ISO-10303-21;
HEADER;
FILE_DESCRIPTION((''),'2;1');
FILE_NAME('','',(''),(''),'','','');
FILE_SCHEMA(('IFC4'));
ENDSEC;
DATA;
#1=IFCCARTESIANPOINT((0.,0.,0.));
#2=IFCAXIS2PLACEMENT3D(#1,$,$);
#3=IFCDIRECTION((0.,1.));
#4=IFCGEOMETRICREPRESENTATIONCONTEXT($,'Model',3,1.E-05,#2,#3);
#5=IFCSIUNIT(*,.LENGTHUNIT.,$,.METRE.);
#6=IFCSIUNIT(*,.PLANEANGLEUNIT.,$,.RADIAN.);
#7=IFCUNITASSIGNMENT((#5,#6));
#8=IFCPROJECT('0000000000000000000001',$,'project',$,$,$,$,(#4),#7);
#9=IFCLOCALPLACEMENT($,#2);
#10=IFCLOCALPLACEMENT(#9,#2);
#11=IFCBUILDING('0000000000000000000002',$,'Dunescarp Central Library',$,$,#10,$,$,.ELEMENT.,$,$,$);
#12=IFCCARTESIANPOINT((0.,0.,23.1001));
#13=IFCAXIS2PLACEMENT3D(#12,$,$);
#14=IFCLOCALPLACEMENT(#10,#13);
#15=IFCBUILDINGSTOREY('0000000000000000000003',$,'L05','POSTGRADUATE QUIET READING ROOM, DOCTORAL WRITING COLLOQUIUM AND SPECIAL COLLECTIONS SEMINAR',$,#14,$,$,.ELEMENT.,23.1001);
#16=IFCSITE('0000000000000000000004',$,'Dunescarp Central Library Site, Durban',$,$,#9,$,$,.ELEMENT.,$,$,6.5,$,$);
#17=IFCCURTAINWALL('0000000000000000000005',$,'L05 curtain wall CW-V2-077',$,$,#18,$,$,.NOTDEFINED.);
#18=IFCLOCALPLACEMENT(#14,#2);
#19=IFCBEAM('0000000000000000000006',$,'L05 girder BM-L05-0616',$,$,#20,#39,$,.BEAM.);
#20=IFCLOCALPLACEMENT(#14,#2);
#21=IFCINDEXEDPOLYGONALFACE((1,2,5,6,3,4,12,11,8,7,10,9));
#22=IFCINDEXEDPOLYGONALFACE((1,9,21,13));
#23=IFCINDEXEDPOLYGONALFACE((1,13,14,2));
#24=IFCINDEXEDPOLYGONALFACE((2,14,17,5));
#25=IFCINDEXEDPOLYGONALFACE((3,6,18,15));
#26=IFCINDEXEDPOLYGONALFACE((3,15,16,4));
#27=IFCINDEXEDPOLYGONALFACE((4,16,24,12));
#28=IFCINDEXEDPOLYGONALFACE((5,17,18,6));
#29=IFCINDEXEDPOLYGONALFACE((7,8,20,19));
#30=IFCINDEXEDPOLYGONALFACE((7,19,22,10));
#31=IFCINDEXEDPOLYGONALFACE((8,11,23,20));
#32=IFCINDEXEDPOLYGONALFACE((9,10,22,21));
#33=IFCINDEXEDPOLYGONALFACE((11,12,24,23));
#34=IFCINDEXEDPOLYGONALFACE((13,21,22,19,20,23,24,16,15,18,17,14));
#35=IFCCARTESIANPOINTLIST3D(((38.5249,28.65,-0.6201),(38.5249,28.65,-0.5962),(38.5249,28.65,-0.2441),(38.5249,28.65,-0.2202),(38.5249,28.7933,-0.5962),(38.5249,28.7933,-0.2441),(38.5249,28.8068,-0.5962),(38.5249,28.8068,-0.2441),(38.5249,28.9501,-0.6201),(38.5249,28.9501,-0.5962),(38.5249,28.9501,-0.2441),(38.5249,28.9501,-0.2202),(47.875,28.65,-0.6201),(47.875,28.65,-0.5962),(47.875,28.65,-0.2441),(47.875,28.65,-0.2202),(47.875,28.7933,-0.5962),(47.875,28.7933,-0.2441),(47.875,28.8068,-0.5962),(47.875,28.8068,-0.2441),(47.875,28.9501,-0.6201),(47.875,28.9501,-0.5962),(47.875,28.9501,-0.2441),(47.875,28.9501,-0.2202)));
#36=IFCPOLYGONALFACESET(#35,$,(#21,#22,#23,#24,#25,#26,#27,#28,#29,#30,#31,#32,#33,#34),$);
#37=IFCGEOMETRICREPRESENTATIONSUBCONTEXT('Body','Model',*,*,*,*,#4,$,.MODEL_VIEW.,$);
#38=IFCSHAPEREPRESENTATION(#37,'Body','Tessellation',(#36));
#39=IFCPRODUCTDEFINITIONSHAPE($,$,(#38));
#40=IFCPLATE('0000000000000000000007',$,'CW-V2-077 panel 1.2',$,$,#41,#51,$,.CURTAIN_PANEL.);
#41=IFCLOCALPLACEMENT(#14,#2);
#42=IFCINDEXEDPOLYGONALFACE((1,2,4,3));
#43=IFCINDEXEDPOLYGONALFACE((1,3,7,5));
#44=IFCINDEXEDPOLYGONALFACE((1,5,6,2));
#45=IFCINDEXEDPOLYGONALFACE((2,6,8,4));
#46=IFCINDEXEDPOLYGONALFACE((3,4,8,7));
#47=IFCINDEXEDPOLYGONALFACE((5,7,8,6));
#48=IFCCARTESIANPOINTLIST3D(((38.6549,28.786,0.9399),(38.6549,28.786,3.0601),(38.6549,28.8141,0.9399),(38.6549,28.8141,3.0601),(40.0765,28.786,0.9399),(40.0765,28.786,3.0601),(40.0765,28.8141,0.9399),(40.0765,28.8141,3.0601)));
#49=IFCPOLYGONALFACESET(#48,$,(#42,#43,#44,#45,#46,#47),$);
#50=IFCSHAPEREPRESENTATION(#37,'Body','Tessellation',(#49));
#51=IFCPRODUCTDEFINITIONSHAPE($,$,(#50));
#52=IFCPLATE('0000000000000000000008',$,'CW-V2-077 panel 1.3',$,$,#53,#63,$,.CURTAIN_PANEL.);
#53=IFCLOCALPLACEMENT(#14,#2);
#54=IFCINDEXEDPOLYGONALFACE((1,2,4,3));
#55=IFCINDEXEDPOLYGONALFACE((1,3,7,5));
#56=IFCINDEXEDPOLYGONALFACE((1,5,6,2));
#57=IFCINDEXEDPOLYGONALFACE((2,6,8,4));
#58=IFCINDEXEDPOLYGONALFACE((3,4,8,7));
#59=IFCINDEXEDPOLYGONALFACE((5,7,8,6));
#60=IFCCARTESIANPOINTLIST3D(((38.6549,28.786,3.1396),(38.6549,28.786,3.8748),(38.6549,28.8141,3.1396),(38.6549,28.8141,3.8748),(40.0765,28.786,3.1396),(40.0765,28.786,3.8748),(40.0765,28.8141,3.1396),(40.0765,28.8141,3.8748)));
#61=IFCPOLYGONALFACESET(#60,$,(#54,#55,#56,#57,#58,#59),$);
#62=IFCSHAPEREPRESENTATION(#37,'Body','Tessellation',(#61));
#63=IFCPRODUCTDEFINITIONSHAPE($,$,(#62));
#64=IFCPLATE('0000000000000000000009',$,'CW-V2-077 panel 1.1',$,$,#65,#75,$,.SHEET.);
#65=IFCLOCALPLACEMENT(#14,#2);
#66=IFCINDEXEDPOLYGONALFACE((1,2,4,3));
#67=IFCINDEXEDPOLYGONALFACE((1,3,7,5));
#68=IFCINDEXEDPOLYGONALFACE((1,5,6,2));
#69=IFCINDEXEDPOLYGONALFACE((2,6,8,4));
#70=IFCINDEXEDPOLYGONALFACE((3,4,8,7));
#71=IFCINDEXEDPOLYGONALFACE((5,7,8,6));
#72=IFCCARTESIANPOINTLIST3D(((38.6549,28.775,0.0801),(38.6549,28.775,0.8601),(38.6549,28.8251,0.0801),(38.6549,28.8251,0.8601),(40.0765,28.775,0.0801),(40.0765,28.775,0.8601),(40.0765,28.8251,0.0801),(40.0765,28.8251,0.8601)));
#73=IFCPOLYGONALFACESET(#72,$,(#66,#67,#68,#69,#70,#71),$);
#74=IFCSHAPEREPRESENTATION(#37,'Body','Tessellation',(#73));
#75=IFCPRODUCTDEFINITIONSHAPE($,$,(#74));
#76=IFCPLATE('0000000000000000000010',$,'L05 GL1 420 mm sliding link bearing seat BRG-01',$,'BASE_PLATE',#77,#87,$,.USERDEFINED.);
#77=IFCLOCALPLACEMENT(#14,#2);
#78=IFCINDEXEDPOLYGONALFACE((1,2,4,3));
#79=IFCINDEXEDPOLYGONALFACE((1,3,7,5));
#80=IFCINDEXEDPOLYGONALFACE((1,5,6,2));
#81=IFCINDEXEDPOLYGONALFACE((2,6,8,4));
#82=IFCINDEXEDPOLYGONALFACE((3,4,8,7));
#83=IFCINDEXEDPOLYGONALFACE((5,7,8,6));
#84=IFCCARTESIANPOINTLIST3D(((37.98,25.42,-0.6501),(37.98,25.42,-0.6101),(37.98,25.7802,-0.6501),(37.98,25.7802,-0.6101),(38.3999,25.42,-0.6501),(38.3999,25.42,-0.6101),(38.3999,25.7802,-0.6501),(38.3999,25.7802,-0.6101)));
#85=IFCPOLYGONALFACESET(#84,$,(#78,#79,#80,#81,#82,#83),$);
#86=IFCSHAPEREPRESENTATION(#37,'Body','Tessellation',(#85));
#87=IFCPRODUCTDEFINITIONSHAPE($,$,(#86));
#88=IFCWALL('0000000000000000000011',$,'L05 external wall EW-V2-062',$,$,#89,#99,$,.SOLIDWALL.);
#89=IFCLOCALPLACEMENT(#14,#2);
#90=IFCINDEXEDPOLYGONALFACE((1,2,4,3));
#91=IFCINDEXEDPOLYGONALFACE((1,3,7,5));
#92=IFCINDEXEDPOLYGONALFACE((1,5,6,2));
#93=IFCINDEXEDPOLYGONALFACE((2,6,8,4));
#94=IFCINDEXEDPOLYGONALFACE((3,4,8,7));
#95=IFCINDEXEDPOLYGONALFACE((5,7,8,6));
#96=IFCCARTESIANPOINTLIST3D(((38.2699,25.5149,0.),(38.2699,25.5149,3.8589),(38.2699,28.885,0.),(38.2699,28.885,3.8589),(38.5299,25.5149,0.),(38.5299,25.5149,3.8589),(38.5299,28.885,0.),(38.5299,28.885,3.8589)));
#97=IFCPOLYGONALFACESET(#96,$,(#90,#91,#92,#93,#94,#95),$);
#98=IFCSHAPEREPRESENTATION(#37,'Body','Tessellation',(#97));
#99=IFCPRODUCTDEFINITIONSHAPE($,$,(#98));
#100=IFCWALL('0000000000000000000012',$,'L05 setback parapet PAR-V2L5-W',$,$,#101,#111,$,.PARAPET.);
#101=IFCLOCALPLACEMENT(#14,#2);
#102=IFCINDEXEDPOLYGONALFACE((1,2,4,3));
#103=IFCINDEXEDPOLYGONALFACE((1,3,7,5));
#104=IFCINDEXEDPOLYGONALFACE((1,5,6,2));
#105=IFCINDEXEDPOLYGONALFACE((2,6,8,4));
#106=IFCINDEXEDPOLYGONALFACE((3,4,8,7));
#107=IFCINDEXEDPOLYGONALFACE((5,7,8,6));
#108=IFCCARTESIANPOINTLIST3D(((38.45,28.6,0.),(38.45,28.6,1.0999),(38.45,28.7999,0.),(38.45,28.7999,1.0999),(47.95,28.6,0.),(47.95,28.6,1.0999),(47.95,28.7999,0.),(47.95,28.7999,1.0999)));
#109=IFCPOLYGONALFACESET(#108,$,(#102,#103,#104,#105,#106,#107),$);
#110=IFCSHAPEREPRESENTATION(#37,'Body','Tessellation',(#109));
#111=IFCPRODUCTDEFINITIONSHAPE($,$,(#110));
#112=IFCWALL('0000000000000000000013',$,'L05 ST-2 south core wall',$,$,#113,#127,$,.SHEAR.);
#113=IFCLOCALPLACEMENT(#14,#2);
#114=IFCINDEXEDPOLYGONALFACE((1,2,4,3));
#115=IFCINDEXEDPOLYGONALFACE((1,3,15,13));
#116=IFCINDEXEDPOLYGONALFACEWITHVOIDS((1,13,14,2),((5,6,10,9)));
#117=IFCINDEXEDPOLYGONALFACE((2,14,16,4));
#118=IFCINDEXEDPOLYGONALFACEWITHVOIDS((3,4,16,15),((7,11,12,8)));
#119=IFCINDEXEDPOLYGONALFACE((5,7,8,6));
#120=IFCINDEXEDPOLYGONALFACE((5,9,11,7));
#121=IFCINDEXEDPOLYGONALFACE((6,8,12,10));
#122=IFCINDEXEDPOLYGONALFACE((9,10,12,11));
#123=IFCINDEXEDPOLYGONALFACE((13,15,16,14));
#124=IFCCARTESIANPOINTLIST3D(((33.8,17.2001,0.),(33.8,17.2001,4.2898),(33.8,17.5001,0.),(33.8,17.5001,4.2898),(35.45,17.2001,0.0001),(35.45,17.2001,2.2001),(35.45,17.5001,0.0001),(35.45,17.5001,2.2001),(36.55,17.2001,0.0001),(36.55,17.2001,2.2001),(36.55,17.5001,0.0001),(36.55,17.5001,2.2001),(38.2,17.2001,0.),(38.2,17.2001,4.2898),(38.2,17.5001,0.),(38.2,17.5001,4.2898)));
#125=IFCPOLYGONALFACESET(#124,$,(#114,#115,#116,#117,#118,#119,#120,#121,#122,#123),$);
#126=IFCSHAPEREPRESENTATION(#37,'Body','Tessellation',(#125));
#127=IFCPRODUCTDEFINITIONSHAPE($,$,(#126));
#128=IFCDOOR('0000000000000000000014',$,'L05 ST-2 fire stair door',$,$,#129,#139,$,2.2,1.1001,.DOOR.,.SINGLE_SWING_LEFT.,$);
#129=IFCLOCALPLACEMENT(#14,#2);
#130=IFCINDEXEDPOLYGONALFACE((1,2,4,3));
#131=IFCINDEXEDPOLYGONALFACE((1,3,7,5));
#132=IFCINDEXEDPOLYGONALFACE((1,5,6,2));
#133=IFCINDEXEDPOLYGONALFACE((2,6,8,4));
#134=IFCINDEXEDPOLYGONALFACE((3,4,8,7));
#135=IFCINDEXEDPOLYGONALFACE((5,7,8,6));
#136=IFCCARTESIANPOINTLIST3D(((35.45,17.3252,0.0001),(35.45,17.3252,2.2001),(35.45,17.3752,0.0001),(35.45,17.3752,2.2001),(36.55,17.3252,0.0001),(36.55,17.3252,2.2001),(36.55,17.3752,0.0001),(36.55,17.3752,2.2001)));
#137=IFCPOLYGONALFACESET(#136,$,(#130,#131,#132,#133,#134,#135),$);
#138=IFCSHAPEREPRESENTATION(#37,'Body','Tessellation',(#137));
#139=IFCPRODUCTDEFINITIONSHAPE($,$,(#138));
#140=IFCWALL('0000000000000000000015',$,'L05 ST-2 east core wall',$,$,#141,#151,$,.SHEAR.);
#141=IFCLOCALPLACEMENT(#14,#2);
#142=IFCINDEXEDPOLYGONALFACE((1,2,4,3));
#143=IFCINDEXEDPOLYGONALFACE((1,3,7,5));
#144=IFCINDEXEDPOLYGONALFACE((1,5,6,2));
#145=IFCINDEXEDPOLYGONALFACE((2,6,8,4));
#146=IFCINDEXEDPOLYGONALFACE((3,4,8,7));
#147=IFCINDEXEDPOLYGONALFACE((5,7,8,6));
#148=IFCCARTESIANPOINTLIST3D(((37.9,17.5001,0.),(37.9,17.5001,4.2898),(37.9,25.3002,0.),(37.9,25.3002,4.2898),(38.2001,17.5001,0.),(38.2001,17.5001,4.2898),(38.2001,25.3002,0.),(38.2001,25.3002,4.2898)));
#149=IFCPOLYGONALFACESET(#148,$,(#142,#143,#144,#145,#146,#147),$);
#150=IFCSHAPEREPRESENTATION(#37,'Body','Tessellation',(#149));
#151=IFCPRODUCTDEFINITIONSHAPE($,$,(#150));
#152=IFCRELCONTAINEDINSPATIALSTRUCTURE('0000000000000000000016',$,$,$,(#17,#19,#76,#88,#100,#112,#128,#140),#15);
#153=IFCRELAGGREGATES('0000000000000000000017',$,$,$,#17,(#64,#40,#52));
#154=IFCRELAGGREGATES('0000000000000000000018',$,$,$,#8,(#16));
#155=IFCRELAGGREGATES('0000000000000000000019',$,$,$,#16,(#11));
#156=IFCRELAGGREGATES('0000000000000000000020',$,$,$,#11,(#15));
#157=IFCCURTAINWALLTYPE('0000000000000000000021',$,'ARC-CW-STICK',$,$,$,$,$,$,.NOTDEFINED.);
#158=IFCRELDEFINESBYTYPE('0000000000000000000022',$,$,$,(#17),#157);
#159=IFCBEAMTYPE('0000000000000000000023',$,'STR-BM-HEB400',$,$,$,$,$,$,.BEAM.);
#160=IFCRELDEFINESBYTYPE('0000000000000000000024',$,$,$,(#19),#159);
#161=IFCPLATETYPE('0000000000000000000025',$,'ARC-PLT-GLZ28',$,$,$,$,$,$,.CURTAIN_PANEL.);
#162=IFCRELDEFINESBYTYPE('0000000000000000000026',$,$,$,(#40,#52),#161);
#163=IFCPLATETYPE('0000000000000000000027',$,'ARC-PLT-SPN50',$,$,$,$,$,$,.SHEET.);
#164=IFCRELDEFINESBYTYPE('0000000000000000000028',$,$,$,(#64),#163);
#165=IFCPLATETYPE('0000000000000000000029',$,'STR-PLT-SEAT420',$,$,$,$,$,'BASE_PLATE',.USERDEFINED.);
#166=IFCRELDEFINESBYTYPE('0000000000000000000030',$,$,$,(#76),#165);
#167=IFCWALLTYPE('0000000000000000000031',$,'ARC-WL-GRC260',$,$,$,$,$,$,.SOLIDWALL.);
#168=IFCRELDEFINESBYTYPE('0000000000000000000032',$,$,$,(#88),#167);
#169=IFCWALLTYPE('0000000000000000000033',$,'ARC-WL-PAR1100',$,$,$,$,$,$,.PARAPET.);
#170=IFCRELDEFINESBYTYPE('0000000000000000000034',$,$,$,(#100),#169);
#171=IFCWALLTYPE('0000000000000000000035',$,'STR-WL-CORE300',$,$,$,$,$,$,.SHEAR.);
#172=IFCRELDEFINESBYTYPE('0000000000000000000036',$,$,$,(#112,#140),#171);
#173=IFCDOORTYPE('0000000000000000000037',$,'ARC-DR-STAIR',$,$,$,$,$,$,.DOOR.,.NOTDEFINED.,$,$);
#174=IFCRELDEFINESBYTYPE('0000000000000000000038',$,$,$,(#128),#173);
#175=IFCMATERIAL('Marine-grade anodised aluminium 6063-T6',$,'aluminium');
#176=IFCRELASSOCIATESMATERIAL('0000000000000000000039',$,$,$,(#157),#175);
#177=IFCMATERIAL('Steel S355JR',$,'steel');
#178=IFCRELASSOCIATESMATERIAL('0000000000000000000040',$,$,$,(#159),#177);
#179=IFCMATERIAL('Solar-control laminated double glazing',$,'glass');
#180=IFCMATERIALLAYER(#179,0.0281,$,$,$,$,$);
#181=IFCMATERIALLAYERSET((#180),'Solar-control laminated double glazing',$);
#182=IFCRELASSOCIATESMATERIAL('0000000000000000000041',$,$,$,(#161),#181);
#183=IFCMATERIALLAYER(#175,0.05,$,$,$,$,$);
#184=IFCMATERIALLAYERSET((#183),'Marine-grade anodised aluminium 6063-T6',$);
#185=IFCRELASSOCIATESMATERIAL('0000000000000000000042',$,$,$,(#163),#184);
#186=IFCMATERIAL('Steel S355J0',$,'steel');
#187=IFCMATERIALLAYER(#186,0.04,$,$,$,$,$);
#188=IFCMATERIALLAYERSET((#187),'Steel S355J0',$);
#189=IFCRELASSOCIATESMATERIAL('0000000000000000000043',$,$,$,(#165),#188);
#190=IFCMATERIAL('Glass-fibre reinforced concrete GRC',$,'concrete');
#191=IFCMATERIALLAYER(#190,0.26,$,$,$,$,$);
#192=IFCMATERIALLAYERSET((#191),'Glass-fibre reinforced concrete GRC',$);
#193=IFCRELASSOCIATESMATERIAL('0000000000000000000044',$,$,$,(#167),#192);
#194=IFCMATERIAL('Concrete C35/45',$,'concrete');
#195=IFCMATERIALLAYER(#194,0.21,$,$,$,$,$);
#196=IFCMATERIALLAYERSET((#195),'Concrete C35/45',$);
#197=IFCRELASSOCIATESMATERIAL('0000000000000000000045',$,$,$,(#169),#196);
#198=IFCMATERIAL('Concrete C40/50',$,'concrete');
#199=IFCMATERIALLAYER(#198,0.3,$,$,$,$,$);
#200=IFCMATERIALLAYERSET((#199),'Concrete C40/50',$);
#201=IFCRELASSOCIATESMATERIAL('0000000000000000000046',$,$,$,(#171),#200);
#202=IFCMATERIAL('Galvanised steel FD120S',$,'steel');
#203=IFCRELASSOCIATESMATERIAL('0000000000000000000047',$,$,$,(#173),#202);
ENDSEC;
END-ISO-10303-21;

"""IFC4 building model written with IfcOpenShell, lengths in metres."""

from ifc_helpers import new_model, si_unit, direction, frame, frame_2d, origin, origin_2d, place, context, subcontext, project, spatial, rectangle, i_section, extrude, material, layer, layer_set, material_profile, profile_set, type_object, element, fill, aggregate, save


model = new_model("IFC4")

# Units and contexts
model_context = context("Model", 3, precision=1e-05, world=origin(), true_north=direction((0.0, 1.0)))
body_context = subcontext(model_context, "Body", "Model", "MODEL_VIEW")
ifc_project = project(units=[si_unit("LENGTHUNIT", "METRE"), si_unit("PLANEANGLEUNIT", "RADIAN")], contexts=[model_context])

# Site, building, storey
site_placement = place(None, origin())
site = spatial("IfcSite", under=ifc_project, at=site_placement, Name="Dunescarp Central Library Site, Durban", CompositionType="ELEMENT", RefElevation=6.5)
building_placement = place(site_placement, origin())
building = spatial("IfcBuilding", under=site, at=building_placement, Name="Dunescarp Central Library", CompositionType="ELEMENT")
storey_placement = place(building_placement, frame((0.0, 0.0, 23.1001)))
storey = spatial("IfcBuildingStorey", under=building, at=storey_placement, Name="L05", Description="POSTGRADUATE QUIET READING ROOM, DOCTORAL WRITING COLLOQUIUM AND SPECIAL COLLECTIONS SEMINAR", CompositionType="ELEMENT", Elevation=23.1001)

# Shared definitions
ifc_material_1 = material(Name="Steel S355JR", Category="steel")

# Curtain wall
ifc_material_2 = material(Name="Marine-grade anodised aluminium 6063-T6", Category="aluminium")
curtain_wall_type = type_object("IfcCurtainWallType", Name="ARC-CW-STICK", PredefinedType="NOTDEFINED", material=ifc_material_2)
curtain_wall_placement = place(storey_placement, origin())
curtain_wall = element("IfcCurtainWall", 1, at=curtain_wall_placement, inside=storey, type_object=curtain_wall_type, Name="L05 curtain wall CW-V2-077", PredefinedType="NOTDEFINED")

# Beam
ifc_material_profile_1 = material_profile(ifc_material_1, i_section(OverallWidth=0.3, OverallDepth=0.3999, WebThickness=0.0134, FlangeThickness=0.0239, at=origin_2d()), Name="HEB 400")
ifc_profile_set_1 = profile_set([ifc_material_profile_1], Name="Steel S355JR")
beam_type_1 = type_object("IfcBeamType", Name="STR-BM-HEB400", PredefinedType="BEAM", material=ifc_profile_set_1)
beam_1_placement = place(storey_placement, frame((38.5249, 28.8, -0.4202), z_axis=(1.0, 0.0, 0.0), x_axis=(0.0, 1.0, 0.0)))
element("IfcBeam", 2, at=beam_1_placement, inside=storey, type_object=beam_type_1, Name="L05 girder BM-L05-0616", PredefinedType="BEAM", context=body_context, shape_type="SweptSolid", body=[
    extrude(i_section(OverallWidth=0.3, OverallDepth=0.3999, WebThickness=0.0134, FlangeThickness=0.0239, at=origin_2d()), origin(), (0.0, 0.0, 1.0), 9.3501),
])

# Plates
ifc_material_3 = material(Name="Solar-control laminated double glazing", Category="glass")
ifc_layer_1 = layer(ifc_material_3, 0.0281)
ifc_layer_set_1 = layer_set([ifc_layer_1], Name="Solar-control laminated double glazing")
plate_type_1 = type_object("IfcPlateType", Name="ARC-PLT-GLZ28", PredefinedType="CURTAIN_PANEL", material=ifc_layer_set_1)
plate_1_placement = place(storey_placement, frame((39.3657, 28.8, 0.9399), z_axis=(0.0, 0.0, 1.0), x_axis=(1.0, 0.0, 0.0)))
plate_1 = element("IfcPlate", 3, at=plate_1_placement, type_object=plate_type_1, Name="CW-V2-077 panel 1.2", PredefinedType="CURTAIN_PANEL", context=body_context, shape_type="SweptSolid", body=[
    extrude(rectangle(XDim=1.4216, YDim=0.0281, at=origin_2d()), origin(), (0.0, 0.0, 1.0), 2.1201),
])
plate_2_placement = place(storey_placement, frame((39.3657, 28.8, 3.1396), z_axis=(0.0, 0.0, 1.0), x_axis=(1.0, 0.0, 0.0)))
plate_2 = element("IfcPlate", 4, at=plate_2_placement, type_object=plate_type_1, Name="CW-V2-077 panel 1.3", PredefinedType="CURTAIN_PANEL", context=body_context, shape_type="SweptSolid", body=[
    extrude(rectangle(XDim=1.4216, YDim=0.0281, at=origin_2d()), origin(), (0.0, 0.0, 1.0), 0.7351),
])
ifc_layer_2 = layer(ifc_material_2, 0.05)
ifc_layer_set_2 = layer_set([ifc_layer_2], Name="Marine-grade anodised aluminium 6063-T6")
plate_type_2 = type_object("IfcPlateType", Name="ARC-PLT-SPN50", PredefinedType="SHEET", material=ifc_layer_set_2)
plate_3_placement = place(storey_placement, frame((39.3657, 28.8, 0.0801), z_axis=(0.0, 0.0, 1.0), x_axis=(1.0, 0.0, 0.0)))
plate_3 = element("IfcPlate", 5, at=plate_3_placement, type_object=plate_type_2, Name="CW-V2-077 panel 1.1", PredefinedType="SHEET", context=body_context, shape_type="SweptSolid", body=[
    extrude(rectangle(XDim=1.4216, YDim=0.05, at=origin_2d()), origin(), (0.0, 0.0, 1.0), 0.78),
])
aggregate(curtain_wall, [plate_3, plate_1, plate_2])
ifc_material_4 = material(Name="Steel S355J0", Category="steel")
ifc_layer_3 = layer(ifc_material_4, 0.04)
ifc_layer_set_3 = layer_set([ifc_layer_3], Name="Steel S355J0")
plate_type_3 = type_object("IfcPlateType", Name="STR-PLT-SEAT420", ElementType="BASE_PLATE", PredefinedType="USERDEFINED", material=ifc_layer_set_3)
plate_4_placement = place(storey_placement, frame((38.1899, 25.6001, -0.6501), z_axis=(0.0, 0.0, 1.0), x_axis=(1.0, 0.0, 0.0)))
element("IfcPlate", 6, at=plate_4_placement, inside=storey, type_object=plate_type_3, Name="L05 GL1 420 mm sliding link bearing seat BRG-01", ObjectType="BASE_PLATE", PredefinedType="USERDEFINED", context=body_context, shape_type="SweptSolid", body=[
    extrude(rectangle(XDim=0.4199, YDim=0.3601, at=origin_2d()), origin(), (0.0, 0.0, 1.0), 0.04),
])

# Walls
ifc_material_5 = material(Name="Glass-fibre reinforced concrete GRC", Category="concrete")
ifc_layer_4 = layer(ifc_material_5, 0.26)
ifc_layer_set_4 = layer_set([ifc_layer_4], Name="Glass-fibre reinforced concrete GRC")
wall_type_1 = type_object("IfcWallType", Name="ARC-WL-GRC260", PredefinedType="SOLIDWALL", material=ifc_layer_set_4)
wall_1_placement = place(storey_placement, frame((38.3999, 25.5149, 0.0), z_axis=(0.0, 0.0, 1.0), x_axis=(0.0, 1.0, 0.0)))
element("IfcWall", 7, at=wall_1_placement, inside=storey, type_object=wall_type_1, Name="L05 external wall EW-V2-062", PredefinedType="SOLIDWALL", context=body_context, shape_type="SweptSolid", body=[
    extrude(rectangle(XDim=3.3701, YDim=0.26, at=frame_2d((1.6851, 0.0))), origin(), (0.0, 0.0, 1.0), 3.8589),
])
ifc_material_6 = material(Name="Concrete C35/45", Category="concrete")
ifc_layer_5 = layer(ifc_material_6, 0.21)
ifc_layer_set_5 = layer_set([ifc_layer_5], Name="Concrete C35/45")
wall_type_2 = type_object("IfcWallType", Name="ARC-WL-PAR1100", PredefinedType="PARAPET", material=ifc_layer_set_5)
wall_2_placement = place(storey_placement, frame((38.45, 28.7, 0.0), z_axis=(0.0, 0.0, 1.0), x_axis=(1.0, 0.0, 0.0)))
element("IfcWall", 8, at=wall_2_placement, inside=storey, type_object=wall_type_2, Name="L05 setback parapet PAR-V2L5-W", PredefinedType="PARAPET", context=body_context, shape_type="SweptSolid", body=[
    extrude(rectangle(XDim=9.5, YDim=0.2, at=frame_2d((4.75, 0.0))), origin(), (0.0, 0.0, 1.0), 1.0999),
])

# Wall, opening, door
ifc_material_7 = material(Name="Concrete C40/50", Category="concrete")
ifc_layer_6 = layer(ifc_material_7, 0.3)
ifc_layer_set_6 = layer_set([ifc_layer_6], Name="Concrete C40/50")
wall_type_3 = type_object("IfcWallType", Name="STR-WL-CORE300", PredefinedType="SHEAR", material=ifc_layer_set_6)
wall_3_placement = place(storey_placement, frame((38.2, 17.3501, 0.0), z_axis=(0.0, 0.0, 1.0), x_axis=(-1.0, 0.0, 0.0)))
wall_3 = element("IfcWall", 9, at=wall_3_placement, inside=storey, type_object=wall_type_3, Name="L05 ST-2 south core wall", PredefinedType="SHEAR", context=body_context, shape_type="SweptSolid", body=[
    extrude(rectangle(XDim=4.3999, YDim=0.3, at=frame_2d((2.2, 0.0))), origin(), (0.0, 0.0, 1.0), 4.2898),
])
opening_placement = place(wall_3_placement, frame((1.6499, 0.0, 0.0)))
opening = element("IfcOpeningElement", 10, at=opening_placement, cuts=wall_3, PredefinedType="OPENING", context=body_context, shape_type="SweptSolid", body=[
    extrude(rectangle(XDim=1.1001, YDim=2.2, at=frame_2d((0.55, 1.1001))), frame((0.0, 0.1602, 0.0), z_axis=(0.0, -1.0, 0.0), x_axis=(1.0, 0.0, 0.0)), (0.0, 0.0, 1.0), 0.3201),
])
ifc_material_8 = material(Name="Galvanised steel FD120S", Category="steel")
door_type = type_object("IfcDoorType", Name="ARC-DR-STAIR", OperationType="NOTDEFINED", PredefinedType="DOOR", material=ifc_material_8)
door_placement = place(opening_placement, origin())
door = element("IfcDoor", 11, at=door_placement, inside=storey, type_object=door_type, Name="L05 ST-2 fire stair door", OperationType="SINGLE_SWING_LEFT", OverallHeight=2.2, OverallWidth=1.1001, PredefinedType="DOOR", context=body_context, shape_type="SweptSolid", body=[
    extrude(rectangle(XDim=1.1001, YDim=2.2, at=frame_2d((0.55, 1.1001))), frame((0.0, 0.0249, 0.0), z_axis=(0.0, -1.0, 0.0), x_axis=(1.0, 0.0, 0.0)), (0.0, 0.0, 1.0), 0.05),
])
fill(opening, door)

# Wall
wall_4_placement = place(storey_placement, frame((38.05, 25.3, 0.0), z_axis=(0.0, 0.0, 1.0), x_axis=(0.0, -1.0, 0.0)))
element("IfcWall", 12, at=wall_4_placement, inside=storey, type_object=wall_type_3, Name="L05 ST-2 east core wall", PredefinedType="SHEAR", context=body_context, shape_type="SweptSolid", body=[
    extrude(rectangle(XDim=7.8, YDim=0.3, at=frame_2d((3.8999, 0.0))), origin(), (0.0, 0.0, 1.0), 4.2898),
])

save(model, "model.ifc")
